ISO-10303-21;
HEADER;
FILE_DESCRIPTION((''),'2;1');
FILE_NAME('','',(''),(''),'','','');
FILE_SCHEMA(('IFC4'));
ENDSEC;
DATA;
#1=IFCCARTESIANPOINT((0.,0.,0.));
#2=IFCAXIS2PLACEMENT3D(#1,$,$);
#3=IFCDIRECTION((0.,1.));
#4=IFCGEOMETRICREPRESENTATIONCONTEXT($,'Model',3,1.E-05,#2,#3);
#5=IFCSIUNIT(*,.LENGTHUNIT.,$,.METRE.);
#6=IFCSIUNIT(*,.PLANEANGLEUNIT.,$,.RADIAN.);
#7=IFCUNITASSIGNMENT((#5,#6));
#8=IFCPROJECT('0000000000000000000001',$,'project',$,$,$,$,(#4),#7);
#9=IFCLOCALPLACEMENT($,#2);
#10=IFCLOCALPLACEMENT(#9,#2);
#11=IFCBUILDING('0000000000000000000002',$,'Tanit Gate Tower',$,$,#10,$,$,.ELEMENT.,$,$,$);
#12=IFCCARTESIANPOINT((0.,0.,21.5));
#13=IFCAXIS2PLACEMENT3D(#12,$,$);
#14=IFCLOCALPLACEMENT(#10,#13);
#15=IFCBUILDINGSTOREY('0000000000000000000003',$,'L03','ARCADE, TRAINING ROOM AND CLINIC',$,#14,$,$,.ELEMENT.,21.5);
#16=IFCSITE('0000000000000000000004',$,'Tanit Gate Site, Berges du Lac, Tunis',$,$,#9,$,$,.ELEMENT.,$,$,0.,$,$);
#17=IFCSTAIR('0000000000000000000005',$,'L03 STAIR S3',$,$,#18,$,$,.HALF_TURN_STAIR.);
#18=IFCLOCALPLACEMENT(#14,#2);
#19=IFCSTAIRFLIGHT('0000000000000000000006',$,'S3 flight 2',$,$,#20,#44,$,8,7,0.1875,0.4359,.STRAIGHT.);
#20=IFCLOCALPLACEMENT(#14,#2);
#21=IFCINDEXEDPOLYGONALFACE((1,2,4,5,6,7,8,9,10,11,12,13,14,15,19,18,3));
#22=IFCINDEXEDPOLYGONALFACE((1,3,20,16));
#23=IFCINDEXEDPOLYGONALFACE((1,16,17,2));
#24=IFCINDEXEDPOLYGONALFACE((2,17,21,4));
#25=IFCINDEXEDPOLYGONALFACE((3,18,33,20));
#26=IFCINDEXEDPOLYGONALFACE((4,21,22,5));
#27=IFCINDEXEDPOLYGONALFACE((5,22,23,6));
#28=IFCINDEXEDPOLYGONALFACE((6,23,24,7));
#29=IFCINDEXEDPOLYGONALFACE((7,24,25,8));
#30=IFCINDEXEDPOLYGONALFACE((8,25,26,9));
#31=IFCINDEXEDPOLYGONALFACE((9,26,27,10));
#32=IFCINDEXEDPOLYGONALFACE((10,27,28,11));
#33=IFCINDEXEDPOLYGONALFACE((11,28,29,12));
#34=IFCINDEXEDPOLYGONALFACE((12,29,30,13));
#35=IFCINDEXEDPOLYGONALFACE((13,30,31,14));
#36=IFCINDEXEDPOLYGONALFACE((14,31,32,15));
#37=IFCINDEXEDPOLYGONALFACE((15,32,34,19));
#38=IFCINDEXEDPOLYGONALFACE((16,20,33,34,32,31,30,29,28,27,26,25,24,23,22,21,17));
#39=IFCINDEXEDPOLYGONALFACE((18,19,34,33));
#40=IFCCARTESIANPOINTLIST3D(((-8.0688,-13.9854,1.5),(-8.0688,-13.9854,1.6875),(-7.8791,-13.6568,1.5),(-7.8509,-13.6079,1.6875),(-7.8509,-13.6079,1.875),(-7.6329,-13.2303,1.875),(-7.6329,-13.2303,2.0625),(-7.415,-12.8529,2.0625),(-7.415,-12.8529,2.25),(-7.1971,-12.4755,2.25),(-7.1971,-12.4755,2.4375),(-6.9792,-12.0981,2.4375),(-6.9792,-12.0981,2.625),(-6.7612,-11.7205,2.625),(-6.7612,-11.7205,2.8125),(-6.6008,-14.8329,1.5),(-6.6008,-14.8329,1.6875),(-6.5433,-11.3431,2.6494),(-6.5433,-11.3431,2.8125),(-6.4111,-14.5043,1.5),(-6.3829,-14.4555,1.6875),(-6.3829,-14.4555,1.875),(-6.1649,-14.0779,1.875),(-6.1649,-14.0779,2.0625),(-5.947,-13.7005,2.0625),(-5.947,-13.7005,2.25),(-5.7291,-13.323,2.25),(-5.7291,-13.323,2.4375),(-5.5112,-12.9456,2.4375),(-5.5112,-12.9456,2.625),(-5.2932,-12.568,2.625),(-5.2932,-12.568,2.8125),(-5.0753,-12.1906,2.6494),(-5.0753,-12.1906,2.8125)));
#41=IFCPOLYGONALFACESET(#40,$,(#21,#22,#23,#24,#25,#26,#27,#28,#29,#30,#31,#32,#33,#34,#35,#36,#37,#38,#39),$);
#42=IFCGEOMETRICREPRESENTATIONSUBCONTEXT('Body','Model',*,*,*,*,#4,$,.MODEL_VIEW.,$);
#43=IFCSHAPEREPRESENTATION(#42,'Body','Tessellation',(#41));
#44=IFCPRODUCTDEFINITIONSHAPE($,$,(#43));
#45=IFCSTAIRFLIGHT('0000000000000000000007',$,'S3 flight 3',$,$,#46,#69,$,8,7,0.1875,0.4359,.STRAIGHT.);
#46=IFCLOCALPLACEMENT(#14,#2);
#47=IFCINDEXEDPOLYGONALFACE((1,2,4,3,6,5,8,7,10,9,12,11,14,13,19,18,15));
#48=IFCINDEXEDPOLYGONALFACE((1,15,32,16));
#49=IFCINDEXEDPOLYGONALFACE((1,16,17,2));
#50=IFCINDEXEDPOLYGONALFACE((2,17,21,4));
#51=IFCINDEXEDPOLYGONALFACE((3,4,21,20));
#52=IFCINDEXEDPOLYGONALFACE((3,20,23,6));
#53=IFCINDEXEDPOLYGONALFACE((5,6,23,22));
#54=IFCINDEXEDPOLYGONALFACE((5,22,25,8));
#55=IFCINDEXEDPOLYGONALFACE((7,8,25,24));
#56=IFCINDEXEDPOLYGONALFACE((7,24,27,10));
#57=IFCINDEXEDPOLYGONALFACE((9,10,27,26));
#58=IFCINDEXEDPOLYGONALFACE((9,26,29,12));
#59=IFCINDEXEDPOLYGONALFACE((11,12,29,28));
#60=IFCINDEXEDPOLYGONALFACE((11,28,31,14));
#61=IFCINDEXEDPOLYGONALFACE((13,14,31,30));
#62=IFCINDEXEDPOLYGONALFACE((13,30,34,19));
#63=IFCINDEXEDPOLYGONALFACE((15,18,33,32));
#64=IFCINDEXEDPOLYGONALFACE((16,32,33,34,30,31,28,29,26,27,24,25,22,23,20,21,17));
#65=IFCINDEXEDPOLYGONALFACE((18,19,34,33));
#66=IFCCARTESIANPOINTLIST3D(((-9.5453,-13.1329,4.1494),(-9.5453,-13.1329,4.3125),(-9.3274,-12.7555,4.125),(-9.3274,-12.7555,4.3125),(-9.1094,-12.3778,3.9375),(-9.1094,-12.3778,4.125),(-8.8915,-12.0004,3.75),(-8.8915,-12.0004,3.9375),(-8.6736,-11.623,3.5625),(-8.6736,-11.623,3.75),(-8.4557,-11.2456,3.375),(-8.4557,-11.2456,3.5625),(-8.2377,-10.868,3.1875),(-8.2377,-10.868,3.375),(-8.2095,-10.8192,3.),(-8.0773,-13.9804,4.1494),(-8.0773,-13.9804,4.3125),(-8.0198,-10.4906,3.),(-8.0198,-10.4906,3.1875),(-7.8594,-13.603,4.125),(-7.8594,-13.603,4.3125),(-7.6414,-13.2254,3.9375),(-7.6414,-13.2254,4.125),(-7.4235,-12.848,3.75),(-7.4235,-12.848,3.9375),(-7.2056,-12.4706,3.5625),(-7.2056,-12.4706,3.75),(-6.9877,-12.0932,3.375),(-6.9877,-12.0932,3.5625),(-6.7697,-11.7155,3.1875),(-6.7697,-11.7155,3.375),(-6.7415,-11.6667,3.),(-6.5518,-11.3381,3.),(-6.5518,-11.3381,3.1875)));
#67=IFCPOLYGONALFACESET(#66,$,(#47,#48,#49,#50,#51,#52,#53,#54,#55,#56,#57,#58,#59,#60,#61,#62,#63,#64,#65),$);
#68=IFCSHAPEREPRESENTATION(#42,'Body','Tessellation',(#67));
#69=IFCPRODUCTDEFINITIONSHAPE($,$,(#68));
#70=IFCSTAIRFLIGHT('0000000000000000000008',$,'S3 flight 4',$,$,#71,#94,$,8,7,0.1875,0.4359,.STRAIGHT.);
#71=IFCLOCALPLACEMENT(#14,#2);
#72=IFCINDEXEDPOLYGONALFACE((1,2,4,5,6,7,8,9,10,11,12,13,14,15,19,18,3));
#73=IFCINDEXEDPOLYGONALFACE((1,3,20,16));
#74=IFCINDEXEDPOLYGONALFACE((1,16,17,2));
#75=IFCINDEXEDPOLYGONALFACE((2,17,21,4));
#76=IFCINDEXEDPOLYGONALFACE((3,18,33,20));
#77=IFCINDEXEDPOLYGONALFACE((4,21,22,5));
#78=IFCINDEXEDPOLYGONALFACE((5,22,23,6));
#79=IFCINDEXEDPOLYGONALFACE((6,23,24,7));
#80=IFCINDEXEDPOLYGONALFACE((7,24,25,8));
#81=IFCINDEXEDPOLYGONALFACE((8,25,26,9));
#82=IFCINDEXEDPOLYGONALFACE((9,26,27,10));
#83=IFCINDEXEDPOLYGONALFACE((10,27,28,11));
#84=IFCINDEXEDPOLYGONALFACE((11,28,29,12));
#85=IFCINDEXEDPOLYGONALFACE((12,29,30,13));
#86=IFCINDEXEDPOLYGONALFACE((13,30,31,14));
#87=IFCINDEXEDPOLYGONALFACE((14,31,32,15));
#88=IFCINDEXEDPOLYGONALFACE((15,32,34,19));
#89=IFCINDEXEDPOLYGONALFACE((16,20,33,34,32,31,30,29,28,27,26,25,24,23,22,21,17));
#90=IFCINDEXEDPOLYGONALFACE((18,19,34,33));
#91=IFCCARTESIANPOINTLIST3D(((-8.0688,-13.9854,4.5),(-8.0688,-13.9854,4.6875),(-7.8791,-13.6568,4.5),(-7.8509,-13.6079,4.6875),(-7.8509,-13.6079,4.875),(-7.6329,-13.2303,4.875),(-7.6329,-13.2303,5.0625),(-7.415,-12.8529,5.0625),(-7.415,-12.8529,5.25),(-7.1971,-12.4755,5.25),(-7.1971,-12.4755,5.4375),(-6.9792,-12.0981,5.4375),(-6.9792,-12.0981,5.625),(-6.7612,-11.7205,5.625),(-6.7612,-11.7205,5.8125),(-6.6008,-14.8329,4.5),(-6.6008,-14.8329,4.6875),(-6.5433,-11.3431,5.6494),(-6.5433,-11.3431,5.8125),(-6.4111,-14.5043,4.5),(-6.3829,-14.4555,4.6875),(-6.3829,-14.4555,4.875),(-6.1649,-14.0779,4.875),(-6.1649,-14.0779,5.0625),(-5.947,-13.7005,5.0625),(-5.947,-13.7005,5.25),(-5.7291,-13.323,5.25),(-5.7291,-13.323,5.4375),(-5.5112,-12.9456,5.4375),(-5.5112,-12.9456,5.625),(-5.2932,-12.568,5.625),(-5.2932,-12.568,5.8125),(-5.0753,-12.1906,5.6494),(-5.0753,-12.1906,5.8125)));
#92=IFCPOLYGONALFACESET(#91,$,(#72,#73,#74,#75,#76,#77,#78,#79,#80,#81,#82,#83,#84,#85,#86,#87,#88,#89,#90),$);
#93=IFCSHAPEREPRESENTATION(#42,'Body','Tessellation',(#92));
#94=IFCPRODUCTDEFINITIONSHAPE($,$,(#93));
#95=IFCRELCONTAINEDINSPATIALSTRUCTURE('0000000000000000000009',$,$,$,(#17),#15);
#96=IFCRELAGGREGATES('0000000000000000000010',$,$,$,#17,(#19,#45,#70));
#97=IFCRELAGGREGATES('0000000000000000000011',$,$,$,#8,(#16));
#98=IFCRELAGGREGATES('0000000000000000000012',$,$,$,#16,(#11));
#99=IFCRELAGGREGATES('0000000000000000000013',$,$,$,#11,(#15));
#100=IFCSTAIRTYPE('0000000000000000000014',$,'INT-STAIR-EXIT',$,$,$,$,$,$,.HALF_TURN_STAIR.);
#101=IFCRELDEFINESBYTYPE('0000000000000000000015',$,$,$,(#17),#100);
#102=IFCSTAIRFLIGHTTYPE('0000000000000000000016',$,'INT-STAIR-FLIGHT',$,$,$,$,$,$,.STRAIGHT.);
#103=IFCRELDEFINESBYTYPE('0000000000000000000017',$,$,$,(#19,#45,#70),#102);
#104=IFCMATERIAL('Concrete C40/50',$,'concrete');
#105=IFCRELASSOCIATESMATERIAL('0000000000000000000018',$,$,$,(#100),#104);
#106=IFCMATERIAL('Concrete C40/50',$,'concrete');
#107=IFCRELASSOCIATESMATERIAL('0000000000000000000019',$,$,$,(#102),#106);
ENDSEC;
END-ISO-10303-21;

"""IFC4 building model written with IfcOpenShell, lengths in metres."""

from ifc_helpers import new_model, si_unit, direction, frame, origin, place, context, subcontext, project, spatial, polyline, outline, extrude, material, type_object, element, aggregate, save


model = new_model("IFC4")

# Units and contexts
model_context = context("Model", 3, precision=1e-05, world=origin(), true_north=direction((0.0, 1.0)))
body_context = subcontext(model_context, "Body", "Model", "MODEL_VIEW")
ifc_project = project(units=[si_unit("LENGTHUNIT", "METRE"), si_unit("PLANEANGLEUNIT", "RADIAN")], contexts=[model_context])

# Site, building, storey
site_placement = place(None, origin())
site = spatial("IfcSite", under=ifc_project, at=site_placement, Name="Tanit Gate Site, Berges du Lac, Tunis", CompositionType="ELEMENT", RefElevation=0.0)
building_placement = place(site_placement, origin())
building = spatial("IfcBuilding", under=site, at=building_placement, Name="Tanit Gate Tower", CompositionType="ELEMENT")
storey_placement = place(building_placement, frame((0.0, 0.0, 21.5)))
storey = spatial("IfcBuildingStorey", under=building, at=storey_placement, Name="L03", Description="ARCADE, TRAINING ROOM AND CLINIC", CompositionType="ELEMENT", Elevation=21.5)

# Stair, stair flights
ifc_material_1 = material(Name="Concrete C40/50", Category="concrete")
stair_type = type_object("IfcStairType", Name="INT-STAIR-EXIT", PredefinedType="HALF_TURN_STAIR", material=ifc_material_1)
stair_placement = place(storey_placement, origin())
stair = element("IfcStair", 1, at=stair_placement, inside=storey, type_object=stair_type, Name="L03 STAIR S3", PredefinedType="HALF_TURN_STAIR")
ifc_material_2 = material(Name="Concrete C40/50", Category="concrete")
stair_flight_type = type_object("IfcStairFlightType", Name="INT-STAIR-FLIGHT", PredefinedType="STRAIGHT", material=ifc_material_2)
stair_flight_1_placement = place(storey_placement, frame((-7.3347, -14.4092, 1.5), z_axis=(0.0, 0.0, 1.0), x_axis=(0.5, 0.866025, 0.0)))
stair_flight_1 = element("IfcStairFlight", 2, at=stair_flight_1_placement, type_object=stair_flight_type, Name="S3 flight 2", NumberOfRisers=8, NumberOfTreads=7, PredefinedType="STRAIGHT", RiserHeight=0.1875, TreadLength=0.4359, context=body_context, shape_type="SweptSolid", body=[
    extrude(outline(polyline([(0.0, 0.0), (0.0, 0.1875), (0.4358, 0.1875), (0.4358, 0.375), (0.8718, 0.375), (0.8718, 0.5625), (1.3076, 0.5625), (1.3076, 0.75), (1.7434, 0.75), (1.7434, 0.9375), (2.1792, 0.9375), (2.1792, 1.125), (2.6152, 1.125), (2.6152, 1.3125), (3.051, 1.3125), (3.051, 1.5), (3.051, 1.1494), (0.3794, 0.0), (0.0, 0.0)])), frame((0.0, 0.8477, 0.0), z_axis=(0.0, -1.0, 0.0), x_axis=(1.0, 0.0, 0.0)), (0.0, 0.0, 1.0), 1.6951),
])
stair_flight_2_placement = place(storey_placement, frame((-7.2859, -10.9143, 3.0), z_axis=(0.0, 0.0, 1.0), x_axis=(-0.5, -0.866025, 0.0)))
stair_flight_2 = element("IfcStairFlight", 3, at=stair_flight_2_placement, type_object=stair_flight_type, Name="S3 flight 3", NumberOfRisers=8, NumberOfTreads=7, PredefinedType="STRAIGHT", RiserHeight=0.1875, TreadLength=0.4359, context=body_context, shape_type="SweptSolid", body=[
    extrude(outline(polyline([(0.0, 0.0), (0.0, 0.1875), (0.4358, 0.1875), (0.4358, 0.375), (0.8718, 0.375), (0.8718, 0.5625), (1.3076, 0.5625), (1.3076, 0.75), (1.7434, 0.75), (1.7434, 0.9375), (2.1792, 0.9375), (2.1792, 1.125), (2.6152, 1.125), (2.6152, 1.3125), (3.051, 1.3125), (3.051, 1.5), (3.051, 1.1494), (0.3794, 0.0), (0.0, 0.0)])), frame((0.0, 0.8477, 0.0), z_axis=(0.0, -1.0, 0.0), x_axis=(1.0, 0.0, 0.0)), (0.0, 0.0, 1.0), 1.6951),
])
stair_flight_3_placement = place(storey_placement, frame((-7.3347, -14.4092, 4.5), z_axis=(0.0, 0.0, 1.0), x_axis=(0.5, 0.866025, 0.0)))
stair_flight_3 = element("IfcStairFlight", 4, at=stair_flight_3_placement, type_object=stair_flight_type, Name="S3 flight 4", NumberOfRisers=8, NumberOfTreads=7, PredefinedType="STRAIGHT", RiserHeight=0.1875, TreadLength=0.4359, context=body_context, shape_type="SweptSolid", body=[
    extrude(outline(polyline([(0.0, 0.0), (0.0, 0.1875), (0.4358, 0.1875), (0.4358, 0.375), (0.8718, 0.375), (0.8718, 0.5625), (1.3076, 0.5625), (1.3076, 0.75), (1.7434, 0.75), (1.7434, 0.9375), (2.1792, 0.9375), (2.1792, 1.125), (2.6152, 1.125), (2.6152, 1.3125), (3.051, 1.3125), (3.051, 1.5), (3.051, 1.1494), (0.3794, 0.0), (0.0, 0.0)])), frame((0.0, 0.8477, 0.0), z_axis=(0.0, -1.0, 0.0), x_axis=(1.0, 0.0, 0.0)), (0.0, 0.0, 1.0), 1.6951),
])
aggregate(stair, [stair_flight_1, stair_flight_2, stair_flight_3])

save(model, "model.ifc")
